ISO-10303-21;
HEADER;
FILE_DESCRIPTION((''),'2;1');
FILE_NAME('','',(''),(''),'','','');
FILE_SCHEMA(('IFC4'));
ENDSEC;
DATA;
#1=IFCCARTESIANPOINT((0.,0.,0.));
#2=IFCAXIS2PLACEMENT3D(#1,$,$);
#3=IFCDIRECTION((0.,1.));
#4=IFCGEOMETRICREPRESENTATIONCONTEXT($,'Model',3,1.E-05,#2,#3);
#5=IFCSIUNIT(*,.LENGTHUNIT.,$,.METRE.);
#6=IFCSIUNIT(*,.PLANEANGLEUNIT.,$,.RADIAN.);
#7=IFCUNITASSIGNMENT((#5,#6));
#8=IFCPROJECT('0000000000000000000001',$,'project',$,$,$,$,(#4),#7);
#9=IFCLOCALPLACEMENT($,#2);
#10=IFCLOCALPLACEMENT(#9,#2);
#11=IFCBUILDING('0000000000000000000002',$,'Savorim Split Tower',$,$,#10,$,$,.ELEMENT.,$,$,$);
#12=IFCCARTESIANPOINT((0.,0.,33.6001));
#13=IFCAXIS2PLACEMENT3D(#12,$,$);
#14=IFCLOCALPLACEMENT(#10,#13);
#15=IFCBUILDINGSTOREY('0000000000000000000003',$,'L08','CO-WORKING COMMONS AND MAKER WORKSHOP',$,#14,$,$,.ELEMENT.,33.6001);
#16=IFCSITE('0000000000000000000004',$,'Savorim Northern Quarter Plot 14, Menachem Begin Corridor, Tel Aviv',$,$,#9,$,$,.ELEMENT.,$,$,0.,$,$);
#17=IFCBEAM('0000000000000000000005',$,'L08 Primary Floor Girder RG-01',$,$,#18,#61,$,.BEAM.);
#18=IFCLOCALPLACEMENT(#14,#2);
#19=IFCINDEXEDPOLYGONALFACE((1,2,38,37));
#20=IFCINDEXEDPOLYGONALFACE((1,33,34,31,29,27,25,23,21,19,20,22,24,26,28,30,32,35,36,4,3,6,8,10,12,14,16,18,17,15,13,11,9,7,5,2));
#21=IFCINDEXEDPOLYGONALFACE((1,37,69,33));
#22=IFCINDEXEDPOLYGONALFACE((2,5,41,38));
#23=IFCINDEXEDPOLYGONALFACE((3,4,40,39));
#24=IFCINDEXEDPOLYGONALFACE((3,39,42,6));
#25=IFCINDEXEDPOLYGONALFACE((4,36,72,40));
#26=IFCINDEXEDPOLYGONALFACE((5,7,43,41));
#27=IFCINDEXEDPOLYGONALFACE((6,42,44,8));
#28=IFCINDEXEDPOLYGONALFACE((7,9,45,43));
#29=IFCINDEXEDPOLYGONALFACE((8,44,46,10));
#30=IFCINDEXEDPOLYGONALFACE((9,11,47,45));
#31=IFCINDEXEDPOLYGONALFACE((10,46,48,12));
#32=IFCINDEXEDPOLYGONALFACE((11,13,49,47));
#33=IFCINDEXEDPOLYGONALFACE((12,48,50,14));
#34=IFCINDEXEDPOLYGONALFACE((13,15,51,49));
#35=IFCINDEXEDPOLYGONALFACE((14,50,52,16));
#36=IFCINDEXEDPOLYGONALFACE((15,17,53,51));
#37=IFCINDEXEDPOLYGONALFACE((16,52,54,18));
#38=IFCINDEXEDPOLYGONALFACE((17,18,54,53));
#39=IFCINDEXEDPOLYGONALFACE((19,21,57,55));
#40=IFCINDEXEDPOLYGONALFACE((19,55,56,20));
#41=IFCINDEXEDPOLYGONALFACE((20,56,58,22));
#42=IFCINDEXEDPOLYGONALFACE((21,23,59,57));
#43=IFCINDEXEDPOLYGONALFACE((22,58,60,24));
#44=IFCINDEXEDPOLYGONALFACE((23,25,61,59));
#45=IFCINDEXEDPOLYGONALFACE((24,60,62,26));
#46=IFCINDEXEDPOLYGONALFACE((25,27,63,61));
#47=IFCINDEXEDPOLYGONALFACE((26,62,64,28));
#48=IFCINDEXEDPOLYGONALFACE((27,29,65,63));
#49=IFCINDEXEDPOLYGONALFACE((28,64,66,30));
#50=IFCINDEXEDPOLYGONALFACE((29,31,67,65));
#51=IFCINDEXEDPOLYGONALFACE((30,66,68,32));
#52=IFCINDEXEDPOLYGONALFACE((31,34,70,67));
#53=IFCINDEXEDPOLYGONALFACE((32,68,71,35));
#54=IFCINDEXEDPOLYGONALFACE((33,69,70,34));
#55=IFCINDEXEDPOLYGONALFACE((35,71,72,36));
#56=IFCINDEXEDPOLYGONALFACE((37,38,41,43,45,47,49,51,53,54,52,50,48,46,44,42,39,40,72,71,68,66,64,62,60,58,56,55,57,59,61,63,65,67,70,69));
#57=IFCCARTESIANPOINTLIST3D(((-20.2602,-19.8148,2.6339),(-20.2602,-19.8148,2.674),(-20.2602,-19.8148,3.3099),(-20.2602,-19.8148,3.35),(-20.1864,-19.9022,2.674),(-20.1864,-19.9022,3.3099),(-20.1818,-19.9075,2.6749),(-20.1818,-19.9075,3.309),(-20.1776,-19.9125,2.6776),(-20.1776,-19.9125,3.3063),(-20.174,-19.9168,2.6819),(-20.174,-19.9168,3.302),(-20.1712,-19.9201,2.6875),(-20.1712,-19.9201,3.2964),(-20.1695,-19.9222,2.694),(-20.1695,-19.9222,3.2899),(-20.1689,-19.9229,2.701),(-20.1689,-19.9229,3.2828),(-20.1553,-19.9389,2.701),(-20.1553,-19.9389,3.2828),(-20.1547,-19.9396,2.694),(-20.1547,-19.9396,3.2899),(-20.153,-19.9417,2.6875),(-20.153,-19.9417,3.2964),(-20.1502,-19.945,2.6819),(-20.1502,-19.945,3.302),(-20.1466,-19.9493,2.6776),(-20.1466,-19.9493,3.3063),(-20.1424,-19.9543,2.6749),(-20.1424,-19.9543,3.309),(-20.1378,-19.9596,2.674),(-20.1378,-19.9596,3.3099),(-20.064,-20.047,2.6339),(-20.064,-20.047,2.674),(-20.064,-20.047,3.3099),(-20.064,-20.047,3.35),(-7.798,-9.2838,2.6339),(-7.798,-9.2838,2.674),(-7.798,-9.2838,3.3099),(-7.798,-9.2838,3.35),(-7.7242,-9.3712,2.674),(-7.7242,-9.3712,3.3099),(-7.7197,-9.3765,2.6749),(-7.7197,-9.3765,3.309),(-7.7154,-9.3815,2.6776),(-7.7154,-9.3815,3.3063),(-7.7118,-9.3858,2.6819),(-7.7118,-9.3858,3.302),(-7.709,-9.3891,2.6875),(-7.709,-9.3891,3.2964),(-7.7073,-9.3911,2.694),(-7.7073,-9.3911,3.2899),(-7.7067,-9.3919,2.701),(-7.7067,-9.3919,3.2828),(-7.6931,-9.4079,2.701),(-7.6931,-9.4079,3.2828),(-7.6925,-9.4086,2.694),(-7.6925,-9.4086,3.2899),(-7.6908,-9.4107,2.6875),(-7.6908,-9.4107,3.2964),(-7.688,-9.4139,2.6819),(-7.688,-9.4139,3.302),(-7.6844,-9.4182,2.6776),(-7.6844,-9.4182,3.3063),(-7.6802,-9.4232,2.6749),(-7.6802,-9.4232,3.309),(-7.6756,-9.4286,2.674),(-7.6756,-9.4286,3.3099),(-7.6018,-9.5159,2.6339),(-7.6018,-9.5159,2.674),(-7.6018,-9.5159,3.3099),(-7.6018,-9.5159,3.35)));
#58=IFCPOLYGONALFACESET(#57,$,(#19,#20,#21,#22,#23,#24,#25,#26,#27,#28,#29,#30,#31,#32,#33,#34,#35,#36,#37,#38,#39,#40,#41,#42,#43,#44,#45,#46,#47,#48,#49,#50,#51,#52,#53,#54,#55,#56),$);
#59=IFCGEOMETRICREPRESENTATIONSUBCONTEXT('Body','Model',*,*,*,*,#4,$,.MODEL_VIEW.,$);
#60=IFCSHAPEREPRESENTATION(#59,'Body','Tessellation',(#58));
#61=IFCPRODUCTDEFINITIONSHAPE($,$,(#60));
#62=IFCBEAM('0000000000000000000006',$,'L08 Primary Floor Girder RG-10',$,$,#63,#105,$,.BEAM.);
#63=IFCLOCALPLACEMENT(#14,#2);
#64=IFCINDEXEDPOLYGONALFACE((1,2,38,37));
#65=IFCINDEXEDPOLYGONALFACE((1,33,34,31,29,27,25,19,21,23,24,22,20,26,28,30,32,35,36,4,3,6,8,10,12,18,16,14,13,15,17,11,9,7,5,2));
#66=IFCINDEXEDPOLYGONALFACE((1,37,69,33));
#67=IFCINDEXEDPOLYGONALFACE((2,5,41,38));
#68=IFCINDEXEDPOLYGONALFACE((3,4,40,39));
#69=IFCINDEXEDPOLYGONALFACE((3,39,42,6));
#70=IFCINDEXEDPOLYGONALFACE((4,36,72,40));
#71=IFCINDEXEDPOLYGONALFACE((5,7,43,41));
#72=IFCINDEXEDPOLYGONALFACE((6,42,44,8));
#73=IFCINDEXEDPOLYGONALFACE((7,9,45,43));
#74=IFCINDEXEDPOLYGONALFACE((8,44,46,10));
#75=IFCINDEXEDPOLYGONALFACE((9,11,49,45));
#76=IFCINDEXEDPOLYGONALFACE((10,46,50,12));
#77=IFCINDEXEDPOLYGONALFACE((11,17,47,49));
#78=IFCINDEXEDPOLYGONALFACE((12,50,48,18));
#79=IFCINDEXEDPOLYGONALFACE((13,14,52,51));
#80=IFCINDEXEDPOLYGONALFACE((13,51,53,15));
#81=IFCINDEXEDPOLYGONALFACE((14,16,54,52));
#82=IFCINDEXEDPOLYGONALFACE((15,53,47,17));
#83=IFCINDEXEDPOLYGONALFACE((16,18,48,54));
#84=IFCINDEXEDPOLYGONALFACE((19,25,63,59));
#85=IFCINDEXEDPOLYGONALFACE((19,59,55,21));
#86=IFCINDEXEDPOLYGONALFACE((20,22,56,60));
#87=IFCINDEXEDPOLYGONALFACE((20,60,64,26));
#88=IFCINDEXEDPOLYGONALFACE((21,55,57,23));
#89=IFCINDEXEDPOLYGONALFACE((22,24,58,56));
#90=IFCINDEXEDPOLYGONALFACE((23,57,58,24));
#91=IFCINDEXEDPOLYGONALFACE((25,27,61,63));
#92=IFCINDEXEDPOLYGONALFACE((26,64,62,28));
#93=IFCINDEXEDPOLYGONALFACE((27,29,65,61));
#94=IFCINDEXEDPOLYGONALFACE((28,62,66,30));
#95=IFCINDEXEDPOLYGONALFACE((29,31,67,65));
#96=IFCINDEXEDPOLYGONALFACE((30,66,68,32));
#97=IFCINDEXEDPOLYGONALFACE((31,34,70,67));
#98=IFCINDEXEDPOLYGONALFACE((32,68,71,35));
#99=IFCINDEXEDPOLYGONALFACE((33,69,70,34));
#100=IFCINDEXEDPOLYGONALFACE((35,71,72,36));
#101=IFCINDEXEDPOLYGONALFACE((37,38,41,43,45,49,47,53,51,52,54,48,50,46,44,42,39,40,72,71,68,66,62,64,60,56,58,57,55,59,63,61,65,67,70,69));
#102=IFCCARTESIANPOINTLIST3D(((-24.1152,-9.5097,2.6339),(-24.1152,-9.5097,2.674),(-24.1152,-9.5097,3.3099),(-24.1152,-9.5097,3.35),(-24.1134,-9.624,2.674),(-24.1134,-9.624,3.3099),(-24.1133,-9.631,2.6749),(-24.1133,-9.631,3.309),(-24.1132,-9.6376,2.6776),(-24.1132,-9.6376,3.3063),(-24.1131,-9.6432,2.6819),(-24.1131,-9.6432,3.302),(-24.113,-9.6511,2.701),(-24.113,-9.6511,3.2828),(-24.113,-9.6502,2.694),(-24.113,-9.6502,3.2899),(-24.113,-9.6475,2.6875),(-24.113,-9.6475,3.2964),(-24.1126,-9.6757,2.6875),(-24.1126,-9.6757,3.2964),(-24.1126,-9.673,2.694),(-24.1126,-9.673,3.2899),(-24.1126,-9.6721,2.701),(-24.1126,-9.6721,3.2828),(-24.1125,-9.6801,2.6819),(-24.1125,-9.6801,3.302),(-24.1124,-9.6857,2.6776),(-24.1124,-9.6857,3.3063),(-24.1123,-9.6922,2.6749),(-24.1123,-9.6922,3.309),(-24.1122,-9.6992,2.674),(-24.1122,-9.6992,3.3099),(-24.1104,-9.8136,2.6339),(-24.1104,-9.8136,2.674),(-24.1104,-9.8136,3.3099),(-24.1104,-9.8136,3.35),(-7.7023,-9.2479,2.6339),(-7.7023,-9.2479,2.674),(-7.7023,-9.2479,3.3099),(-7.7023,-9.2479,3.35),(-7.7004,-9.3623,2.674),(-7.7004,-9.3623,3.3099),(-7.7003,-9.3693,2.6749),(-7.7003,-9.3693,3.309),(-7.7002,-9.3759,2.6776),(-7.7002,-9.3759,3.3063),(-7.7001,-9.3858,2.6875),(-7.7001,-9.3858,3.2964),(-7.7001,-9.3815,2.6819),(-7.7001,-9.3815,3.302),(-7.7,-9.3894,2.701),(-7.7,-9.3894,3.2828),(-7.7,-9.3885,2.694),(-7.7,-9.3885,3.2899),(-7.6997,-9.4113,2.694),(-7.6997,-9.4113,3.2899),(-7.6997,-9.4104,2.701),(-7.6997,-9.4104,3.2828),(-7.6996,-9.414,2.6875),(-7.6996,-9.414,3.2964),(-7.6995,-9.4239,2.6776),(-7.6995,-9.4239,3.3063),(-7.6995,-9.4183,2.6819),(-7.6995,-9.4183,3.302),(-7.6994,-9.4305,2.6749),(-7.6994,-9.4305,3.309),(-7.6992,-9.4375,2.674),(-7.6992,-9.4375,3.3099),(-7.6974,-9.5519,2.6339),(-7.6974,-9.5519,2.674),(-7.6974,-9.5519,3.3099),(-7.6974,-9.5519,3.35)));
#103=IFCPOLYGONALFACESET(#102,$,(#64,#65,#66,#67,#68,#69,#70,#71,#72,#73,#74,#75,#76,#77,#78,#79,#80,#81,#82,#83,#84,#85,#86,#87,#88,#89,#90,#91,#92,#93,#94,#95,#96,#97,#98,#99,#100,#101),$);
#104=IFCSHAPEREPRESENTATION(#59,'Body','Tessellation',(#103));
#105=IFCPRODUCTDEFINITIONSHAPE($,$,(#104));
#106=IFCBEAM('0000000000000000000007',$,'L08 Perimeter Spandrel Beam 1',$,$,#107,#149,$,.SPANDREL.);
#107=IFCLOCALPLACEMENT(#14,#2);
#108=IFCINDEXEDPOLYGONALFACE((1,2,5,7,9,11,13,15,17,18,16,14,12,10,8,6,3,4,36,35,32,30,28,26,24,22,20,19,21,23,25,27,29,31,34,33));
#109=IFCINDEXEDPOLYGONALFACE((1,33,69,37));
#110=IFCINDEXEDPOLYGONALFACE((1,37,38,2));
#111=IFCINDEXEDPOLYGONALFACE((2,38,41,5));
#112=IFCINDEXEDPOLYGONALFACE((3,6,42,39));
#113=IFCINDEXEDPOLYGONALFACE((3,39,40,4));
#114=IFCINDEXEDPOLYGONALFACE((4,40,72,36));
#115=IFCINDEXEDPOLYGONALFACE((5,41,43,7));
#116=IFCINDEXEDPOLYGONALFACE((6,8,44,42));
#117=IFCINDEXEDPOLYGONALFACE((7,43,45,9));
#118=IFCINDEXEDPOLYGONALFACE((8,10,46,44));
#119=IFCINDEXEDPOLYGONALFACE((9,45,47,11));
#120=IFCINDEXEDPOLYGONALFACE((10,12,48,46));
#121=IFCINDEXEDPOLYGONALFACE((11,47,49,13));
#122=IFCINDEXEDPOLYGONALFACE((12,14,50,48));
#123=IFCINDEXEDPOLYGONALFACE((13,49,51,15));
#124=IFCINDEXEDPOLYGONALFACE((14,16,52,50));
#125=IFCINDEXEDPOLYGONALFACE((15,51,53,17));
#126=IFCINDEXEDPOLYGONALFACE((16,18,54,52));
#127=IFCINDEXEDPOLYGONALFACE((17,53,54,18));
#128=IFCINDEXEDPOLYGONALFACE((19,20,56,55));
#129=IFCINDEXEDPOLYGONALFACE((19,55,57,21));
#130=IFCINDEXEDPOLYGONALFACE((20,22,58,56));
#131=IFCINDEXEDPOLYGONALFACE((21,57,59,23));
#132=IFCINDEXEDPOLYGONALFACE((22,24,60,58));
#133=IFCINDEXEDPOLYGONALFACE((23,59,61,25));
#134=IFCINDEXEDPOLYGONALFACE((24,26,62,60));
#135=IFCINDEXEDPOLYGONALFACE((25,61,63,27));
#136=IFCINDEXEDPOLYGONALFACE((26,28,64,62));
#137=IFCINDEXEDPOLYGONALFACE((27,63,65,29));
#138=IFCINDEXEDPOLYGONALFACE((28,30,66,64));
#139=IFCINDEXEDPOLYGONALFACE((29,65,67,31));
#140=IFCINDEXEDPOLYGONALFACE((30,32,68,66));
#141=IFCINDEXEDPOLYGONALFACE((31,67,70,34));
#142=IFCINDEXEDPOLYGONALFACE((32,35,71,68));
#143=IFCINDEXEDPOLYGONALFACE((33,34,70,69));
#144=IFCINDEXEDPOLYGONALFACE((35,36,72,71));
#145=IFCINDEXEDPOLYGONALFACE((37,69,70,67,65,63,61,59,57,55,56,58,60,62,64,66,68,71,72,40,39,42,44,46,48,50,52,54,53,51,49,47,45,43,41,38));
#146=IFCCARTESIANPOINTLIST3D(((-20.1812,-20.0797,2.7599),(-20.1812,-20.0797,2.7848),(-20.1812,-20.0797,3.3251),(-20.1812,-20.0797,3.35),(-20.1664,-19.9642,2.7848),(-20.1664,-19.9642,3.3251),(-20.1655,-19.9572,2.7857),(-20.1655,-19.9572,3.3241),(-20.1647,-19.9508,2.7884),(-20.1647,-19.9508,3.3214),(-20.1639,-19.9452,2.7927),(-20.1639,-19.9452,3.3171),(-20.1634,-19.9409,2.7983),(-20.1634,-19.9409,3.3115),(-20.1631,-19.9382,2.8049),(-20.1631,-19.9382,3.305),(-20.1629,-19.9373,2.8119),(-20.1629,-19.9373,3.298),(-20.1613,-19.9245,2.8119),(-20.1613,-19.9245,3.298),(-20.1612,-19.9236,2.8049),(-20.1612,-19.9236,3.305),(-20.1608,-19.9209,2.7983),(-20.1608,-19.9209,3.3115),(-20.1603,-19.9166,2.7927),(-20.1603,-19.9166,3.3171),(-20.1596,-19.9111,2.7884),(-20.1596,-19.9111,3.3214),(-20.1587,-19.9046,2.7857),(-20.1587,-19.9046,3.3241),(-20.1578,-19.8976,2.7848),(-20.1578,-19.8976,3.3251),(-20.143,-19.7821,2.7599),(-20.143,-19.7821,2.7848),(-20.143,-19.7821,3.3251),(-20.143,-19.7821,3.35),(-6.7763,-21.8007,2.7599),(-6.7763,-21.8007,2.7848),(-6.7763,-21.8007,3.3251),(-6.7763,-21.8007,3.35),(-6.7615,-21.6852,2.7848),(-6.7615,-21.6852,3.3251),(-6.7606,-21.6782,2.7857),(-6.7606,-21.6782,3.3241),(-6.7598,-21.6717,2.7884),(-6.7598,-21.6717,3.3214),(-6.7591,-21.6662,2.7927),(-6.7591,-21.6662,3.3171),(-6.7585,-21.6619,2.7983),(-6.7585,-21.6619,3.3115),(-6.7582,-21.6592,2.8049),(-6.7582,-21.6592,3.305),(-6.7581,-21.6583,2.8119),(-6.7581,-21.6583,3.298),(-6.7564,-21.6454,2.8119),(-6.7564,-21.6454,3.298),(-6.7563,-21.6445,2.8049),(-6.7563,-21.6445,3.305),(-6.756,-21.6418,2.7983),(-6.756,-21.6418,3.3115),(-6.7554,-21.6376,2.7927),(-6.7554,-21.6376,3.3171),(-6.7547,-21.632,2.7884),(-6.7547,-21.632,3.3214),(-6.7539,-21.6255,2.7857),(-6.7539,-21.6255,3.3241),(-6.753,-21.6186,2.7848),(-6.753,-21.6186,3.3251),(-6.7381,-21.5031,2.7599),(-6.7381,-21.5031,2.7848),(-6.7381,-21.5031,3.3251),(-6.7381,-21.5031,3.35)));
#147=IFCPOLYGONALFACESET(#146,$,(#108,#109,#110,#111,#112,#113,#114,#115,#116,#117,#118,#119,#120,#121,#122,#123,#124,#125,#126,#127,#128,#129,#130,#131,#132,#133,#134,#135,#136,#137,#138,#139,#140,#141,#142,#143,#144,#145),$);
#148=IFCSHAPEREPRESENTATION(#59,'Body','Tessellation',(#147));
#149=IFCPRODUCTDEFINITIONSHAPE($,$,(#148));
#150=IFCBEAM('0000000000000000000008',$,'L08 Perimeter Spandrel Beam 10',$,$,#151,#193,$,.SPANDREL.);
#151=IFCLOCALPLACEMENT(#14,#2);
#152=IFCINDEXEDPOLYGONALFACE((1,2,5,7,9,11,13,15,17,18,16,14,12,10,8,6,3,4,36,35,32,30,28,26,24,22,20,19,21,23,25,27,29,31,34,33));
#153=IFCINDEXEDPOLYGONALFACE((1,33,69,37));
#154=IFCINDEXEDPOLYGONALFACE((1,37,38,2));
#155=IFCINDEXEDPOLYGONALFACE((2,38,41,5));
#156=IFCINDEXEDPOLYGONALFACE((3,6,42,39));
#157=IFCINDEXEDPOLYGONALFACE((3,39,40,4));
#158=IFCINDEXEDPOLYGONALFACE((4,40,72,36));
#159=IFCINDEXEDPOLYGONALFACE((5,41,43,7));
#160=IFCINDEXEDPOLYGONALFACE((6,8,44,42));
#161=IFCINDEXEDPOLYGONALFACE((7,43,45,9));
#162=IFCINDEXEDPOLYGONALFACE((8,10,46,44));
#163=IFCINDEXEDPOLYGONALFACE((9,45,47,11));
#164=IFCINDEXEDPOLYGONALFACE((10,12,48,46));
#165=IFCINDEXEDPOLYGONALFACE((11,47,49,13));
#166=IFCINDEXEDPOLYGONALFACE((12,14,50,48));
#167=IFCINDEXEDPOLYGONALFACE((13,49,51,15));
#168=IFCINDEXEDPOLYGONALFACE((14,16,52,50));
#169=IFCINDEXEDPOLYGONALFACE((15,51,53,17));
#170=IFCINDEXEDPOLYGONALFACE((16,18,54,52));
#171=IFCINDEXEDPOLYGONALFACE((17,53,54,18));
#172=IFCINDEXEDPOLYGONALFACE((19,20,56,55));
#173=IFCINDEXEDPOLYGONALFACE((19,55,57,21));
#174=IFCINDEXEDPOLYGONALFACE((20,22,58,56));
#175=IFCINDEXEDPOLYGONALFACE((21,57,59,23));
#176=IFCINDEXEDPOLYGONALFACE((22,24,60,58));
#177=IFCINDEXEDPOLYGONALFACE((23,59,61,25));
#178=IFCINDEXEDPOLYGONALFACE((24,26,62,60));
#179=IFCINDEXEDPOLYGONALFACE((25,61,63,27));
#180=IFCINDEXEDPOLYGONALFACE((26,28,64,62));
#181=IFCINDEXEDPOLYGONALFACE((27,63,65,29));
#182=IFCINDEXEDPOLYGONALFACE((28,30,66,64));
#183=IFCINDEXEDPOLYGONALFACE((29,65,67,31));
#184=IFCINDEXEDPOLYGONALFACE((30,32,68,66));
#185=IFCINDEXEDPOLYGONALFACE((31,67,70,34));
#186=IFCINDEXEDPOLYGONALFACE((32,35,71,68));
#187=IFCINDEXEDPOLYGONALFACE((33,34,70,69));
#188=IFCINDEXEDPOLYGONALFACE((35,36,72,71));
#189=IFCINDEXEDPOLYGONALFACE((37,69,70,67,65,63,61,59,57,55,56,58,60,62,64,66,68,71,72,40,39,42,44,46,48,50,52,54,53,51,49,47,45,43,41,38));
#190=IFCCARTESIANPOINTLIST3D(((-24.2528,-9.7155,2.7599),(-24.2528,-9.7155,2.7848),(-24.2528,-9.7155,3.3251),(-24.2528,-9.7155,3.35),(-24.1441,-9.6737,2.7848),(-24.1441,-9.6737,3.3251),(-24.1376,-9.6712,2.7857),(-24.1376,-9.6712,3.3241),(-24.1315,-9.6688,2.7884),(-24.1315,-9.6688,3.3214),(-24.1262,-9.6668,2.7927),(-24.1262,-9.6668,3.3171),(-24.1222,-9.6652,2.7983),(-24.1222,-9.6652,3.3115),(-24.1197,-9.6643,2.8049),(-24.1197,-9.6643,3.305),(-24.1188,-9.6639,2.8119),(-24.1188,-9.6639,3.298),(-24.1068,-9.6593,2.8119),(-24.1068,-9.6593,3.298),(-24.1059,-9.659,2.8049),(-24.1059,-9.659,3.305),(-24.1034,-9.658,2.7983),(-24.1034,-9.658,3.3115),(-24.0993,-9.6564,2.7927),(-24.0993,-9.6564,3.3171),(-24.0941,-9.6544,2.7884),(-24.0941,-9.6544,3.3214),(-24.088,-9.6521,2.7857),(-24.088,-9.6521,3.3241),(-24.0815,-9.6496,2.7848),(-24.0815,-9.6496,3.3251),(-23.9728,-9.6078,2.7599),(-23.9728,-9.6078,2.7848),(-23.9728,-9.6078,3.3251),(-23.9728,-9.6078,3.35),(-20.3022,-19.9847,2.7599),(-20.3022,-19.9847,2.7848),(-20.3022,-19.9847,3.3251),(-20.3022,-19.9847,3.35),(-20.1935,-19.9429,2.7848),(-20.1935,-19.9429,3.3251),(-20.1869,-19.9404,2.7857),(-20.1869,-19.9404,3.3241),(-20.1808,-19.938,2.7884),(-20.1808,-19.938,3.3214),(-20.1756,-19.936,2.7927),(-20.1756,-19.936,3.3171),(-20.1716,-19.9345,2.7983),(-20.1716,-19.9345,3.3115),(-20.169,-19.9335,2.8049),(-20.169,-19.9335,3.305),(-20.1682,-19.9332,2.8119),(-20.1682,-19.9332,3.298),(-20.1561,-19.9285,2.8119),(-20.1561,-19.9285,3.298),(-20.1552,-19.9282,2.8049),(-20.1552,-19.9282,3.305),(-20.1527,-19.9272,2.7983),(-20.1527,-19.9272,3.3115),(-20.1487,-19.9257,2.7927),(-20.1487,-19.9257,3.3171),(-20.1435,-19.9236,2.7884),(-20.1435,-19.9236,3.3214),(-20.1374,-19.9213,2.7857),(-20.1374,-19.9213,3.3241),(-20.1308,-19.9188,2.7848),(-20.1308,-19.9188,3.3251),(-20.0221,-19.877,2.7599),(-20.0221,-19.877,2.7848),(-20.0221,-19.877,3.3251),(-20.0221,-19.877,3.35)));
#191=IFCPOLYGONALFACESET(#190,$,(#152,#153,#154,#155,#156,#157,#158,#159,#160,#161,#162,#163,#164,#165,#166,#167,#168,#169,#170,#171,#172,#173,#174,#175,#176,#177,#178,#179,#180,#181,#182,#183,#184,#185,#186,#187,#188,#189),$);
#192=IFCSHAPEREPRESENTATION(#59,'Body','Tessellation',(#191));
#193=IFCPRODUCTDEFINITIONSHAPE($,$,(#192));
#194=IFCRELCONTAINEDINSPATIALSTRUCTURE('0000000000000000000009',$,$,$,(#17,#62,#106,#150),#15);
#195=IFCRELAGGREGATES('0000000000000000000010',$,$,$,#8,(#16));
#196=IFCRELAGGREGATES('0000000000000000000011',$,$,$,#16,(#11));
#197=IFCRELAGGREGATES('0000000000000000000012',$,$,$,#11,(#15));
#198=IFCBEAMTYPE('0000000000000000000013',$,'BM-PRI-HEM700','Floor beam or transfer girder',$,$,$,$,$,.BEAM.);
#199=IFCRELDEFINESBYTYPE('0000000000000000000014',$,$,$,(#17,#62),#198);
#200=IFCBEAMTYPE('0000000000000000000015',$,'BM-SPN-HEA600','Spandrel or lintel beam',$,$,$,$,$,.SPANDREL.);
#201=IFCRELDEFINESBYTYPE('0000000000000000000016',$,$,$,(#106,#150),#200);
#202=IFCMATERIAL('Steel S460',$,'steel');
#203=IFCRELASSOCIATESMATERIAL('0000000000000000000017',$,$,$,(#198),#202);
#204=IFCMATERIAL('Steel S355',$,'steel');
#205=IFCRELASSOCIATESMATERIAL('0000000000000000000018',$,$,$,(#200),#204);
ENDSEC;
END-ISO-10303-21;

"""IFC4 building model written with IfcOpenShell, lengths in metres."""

from ifc_helpers import new_model, si_unit, direction, frame, origin, origin_2d, place, context, subcontext, project, spatial, i_section, extrude, material, material_profile, profile_set, type_object, element, save


model = new_model("IFC4")

# Units and contexts
model_context = context("Model", 3, precision=1e-05, world=origin(), true_north=direction((0.0, 1.0)))
body_context = subcontext(model_context, "Body", "Model", "MODEL_VIEW")
ifc_project = project(units=[si_unit("LENGTHUNIT", "METRE"), si_unit("PLANEANGLEUNIT", "RADIAN")], contexts=[model_context])

# Site, building, storey
site_placement = place(None, origin())
site = spatial("IfcSite", under=ifc_project, at=site_placement, Name="Savorim Northern Quarter Plot 14, Menachem Begin Corridor, Tel Aviv", CompositionType="ELEMENT", RefElevation=0.0)
building_placement = place(site_placement, origin())
building = spatial("IfcBuilding", under=site, at=building_placement, Name="Savorim Split Tower", CompositionType="ELEMENT")
storey_placement = place(building_placement, frame((0.0, 0.0, 33.6001)))
storey = spatial("IfcBuildingStorey", under=building, at=storey_placement, Name="L08", Description="CO-WORKING COMMONS AND MAKER WORKSHOP", CompositionType="ELEMENT", Elevation=33.6001)

# Shared definitions
ifc_material_1 = material(Name="Steel S460", Category="steel")

# Beams
ifc_material_2 = material(Name="Steel S355", Category="steel")
ifc_material_profile_1 = material_profile(ifc_material_1, i_section(OverallWidth=0.304, OverallDepth=0.7161, WebThickness=0.021, FlangeThickness=0.04, FilletRadius=0.0271, at=origin_2d()), Name="HE 700 M")
ifc_profile_set_1 = profile_set([ifc_material_profile_1], Name="Steel S460")
beam_type_1 = type_object("IfcBeamType", Name="BM-PRI-HEM700", Description="Floor beam or transfer girder", PredefinedType="BEAM", material=ifc_profile_set_1)
beam_1_placement = place(storey_placement, frame((-20.1621, -19.9309, 2.9919), z_axis=(0.763806, 0.645446, 0.0), x_axis=(-0.645446, 0.763806, 0.0)))
element("IfcBeam", 1, at=beam_1_placement, inside=storey, type_object=beam_type_1, Name="L08 Primary Floor Girder RG-01", PredefinedType="BEAM", context=body_context, shape_type="SweptSolid", body=[
    extrude(i_section(OverallWidth=0.304, OverallDepth=0.7161, WebThickness=0.021, FlangeThickness=0.04, FilletRadius=0.0271, at=origin_2d()), origin(), (0.0, 0.0, 1.0), 16.3159),
])
beam_2_placement = place(storey_placement, frame((-24.1128, -9.6616, 2.9919), z_axis=(0.999873, 0.015944, 0.0), x_axis=(-0.015944, 0.999873, 0.0)))
element("IfcBeam", 2, at=beam_2_placement, inside=storey, type_object=beam_type_1, Name="L08 Primary Floor Girder RG-10", PredefinedType="BEAM", context=body_context, shape_type="SweptSolid", body=[
    extrude(i_section(OverallWidth=0.304, OverallDepth=0.7161, WebThickness=0.021, FlangeThickness=0.04, FilletRadius=0.0271, at=origin_2d()), origin(), (0.0, 0.0, 1.0), 16.415),
])
ifc_material_profile_2 = material_profile(ifc_material_2, i_section(OverallWidth=0.3, OverallDepth=0.5901, WebThickness=0.0129, FlangeThickness=0.0249, FilletRadius=0.0271, at=origin_2d()), Name="HEA 600")
ifc_profile_set_2 = profile_set([ifc_material_profile_2], Name="Steel S355")
beam_type_2 = type_object("IfcBeamType", Name="BM-SPN-HEA600", Description="Spandrel or lintel beam", PredefinedType="SPANDREL", material=ifc_profile_set_2)
beam_3_placement = place(storey_placement, frame((-20.1621, -19.9309, 3.0549), z_axis=(0.991859, -0.127338, 0.0), x_axis=(0.127338, 0.991859, 0.0)))
element("IfcBeam", 3, at=beam_3_placement, inside=storey, type_object=beam_type_2, Name="L08 Perimeter Spandrel Beam 1", PredefinedType="SPANDREL", context=body_context, shape_type="SweptSolid", body=[
    extrude(i_section(OverallWidth=0.3, OverallDepth=0.5901, WebThickness=0.0129, FlangeThickness=0.0249, FilletRadius=0.0271, at=origin_2d()), origin(), (0.0, 0.0, 1.0), 13.5149),
])
beam_4_placement = place(storey_placement, frame((-24.1128, -9.6616, 3.0549), z_axis=(0.359055, -0.933316, 0.0), x_axis=(0.933316, 0.359055, 0.0)))
element("IfcBeam", 4, at=beam_4_placement, inside=storey, type_object=beam_type_2, Name="L08 Perimeter Spandrel Beam 10", PredefinedType="SPANDREL", context=body_context, shape_type="SweptSolid", body=[
    extrude(i_section(OverallWidth=0.3, OverallDepth=0.5901, WebThickness=0.0129, FlangeThickness=0.0249, FilletRadius=0.0271, at=origin_2d()), origin(), (0.0, 0.0, 1.0), 11.0029),
])

save(model, "model.ifc")
